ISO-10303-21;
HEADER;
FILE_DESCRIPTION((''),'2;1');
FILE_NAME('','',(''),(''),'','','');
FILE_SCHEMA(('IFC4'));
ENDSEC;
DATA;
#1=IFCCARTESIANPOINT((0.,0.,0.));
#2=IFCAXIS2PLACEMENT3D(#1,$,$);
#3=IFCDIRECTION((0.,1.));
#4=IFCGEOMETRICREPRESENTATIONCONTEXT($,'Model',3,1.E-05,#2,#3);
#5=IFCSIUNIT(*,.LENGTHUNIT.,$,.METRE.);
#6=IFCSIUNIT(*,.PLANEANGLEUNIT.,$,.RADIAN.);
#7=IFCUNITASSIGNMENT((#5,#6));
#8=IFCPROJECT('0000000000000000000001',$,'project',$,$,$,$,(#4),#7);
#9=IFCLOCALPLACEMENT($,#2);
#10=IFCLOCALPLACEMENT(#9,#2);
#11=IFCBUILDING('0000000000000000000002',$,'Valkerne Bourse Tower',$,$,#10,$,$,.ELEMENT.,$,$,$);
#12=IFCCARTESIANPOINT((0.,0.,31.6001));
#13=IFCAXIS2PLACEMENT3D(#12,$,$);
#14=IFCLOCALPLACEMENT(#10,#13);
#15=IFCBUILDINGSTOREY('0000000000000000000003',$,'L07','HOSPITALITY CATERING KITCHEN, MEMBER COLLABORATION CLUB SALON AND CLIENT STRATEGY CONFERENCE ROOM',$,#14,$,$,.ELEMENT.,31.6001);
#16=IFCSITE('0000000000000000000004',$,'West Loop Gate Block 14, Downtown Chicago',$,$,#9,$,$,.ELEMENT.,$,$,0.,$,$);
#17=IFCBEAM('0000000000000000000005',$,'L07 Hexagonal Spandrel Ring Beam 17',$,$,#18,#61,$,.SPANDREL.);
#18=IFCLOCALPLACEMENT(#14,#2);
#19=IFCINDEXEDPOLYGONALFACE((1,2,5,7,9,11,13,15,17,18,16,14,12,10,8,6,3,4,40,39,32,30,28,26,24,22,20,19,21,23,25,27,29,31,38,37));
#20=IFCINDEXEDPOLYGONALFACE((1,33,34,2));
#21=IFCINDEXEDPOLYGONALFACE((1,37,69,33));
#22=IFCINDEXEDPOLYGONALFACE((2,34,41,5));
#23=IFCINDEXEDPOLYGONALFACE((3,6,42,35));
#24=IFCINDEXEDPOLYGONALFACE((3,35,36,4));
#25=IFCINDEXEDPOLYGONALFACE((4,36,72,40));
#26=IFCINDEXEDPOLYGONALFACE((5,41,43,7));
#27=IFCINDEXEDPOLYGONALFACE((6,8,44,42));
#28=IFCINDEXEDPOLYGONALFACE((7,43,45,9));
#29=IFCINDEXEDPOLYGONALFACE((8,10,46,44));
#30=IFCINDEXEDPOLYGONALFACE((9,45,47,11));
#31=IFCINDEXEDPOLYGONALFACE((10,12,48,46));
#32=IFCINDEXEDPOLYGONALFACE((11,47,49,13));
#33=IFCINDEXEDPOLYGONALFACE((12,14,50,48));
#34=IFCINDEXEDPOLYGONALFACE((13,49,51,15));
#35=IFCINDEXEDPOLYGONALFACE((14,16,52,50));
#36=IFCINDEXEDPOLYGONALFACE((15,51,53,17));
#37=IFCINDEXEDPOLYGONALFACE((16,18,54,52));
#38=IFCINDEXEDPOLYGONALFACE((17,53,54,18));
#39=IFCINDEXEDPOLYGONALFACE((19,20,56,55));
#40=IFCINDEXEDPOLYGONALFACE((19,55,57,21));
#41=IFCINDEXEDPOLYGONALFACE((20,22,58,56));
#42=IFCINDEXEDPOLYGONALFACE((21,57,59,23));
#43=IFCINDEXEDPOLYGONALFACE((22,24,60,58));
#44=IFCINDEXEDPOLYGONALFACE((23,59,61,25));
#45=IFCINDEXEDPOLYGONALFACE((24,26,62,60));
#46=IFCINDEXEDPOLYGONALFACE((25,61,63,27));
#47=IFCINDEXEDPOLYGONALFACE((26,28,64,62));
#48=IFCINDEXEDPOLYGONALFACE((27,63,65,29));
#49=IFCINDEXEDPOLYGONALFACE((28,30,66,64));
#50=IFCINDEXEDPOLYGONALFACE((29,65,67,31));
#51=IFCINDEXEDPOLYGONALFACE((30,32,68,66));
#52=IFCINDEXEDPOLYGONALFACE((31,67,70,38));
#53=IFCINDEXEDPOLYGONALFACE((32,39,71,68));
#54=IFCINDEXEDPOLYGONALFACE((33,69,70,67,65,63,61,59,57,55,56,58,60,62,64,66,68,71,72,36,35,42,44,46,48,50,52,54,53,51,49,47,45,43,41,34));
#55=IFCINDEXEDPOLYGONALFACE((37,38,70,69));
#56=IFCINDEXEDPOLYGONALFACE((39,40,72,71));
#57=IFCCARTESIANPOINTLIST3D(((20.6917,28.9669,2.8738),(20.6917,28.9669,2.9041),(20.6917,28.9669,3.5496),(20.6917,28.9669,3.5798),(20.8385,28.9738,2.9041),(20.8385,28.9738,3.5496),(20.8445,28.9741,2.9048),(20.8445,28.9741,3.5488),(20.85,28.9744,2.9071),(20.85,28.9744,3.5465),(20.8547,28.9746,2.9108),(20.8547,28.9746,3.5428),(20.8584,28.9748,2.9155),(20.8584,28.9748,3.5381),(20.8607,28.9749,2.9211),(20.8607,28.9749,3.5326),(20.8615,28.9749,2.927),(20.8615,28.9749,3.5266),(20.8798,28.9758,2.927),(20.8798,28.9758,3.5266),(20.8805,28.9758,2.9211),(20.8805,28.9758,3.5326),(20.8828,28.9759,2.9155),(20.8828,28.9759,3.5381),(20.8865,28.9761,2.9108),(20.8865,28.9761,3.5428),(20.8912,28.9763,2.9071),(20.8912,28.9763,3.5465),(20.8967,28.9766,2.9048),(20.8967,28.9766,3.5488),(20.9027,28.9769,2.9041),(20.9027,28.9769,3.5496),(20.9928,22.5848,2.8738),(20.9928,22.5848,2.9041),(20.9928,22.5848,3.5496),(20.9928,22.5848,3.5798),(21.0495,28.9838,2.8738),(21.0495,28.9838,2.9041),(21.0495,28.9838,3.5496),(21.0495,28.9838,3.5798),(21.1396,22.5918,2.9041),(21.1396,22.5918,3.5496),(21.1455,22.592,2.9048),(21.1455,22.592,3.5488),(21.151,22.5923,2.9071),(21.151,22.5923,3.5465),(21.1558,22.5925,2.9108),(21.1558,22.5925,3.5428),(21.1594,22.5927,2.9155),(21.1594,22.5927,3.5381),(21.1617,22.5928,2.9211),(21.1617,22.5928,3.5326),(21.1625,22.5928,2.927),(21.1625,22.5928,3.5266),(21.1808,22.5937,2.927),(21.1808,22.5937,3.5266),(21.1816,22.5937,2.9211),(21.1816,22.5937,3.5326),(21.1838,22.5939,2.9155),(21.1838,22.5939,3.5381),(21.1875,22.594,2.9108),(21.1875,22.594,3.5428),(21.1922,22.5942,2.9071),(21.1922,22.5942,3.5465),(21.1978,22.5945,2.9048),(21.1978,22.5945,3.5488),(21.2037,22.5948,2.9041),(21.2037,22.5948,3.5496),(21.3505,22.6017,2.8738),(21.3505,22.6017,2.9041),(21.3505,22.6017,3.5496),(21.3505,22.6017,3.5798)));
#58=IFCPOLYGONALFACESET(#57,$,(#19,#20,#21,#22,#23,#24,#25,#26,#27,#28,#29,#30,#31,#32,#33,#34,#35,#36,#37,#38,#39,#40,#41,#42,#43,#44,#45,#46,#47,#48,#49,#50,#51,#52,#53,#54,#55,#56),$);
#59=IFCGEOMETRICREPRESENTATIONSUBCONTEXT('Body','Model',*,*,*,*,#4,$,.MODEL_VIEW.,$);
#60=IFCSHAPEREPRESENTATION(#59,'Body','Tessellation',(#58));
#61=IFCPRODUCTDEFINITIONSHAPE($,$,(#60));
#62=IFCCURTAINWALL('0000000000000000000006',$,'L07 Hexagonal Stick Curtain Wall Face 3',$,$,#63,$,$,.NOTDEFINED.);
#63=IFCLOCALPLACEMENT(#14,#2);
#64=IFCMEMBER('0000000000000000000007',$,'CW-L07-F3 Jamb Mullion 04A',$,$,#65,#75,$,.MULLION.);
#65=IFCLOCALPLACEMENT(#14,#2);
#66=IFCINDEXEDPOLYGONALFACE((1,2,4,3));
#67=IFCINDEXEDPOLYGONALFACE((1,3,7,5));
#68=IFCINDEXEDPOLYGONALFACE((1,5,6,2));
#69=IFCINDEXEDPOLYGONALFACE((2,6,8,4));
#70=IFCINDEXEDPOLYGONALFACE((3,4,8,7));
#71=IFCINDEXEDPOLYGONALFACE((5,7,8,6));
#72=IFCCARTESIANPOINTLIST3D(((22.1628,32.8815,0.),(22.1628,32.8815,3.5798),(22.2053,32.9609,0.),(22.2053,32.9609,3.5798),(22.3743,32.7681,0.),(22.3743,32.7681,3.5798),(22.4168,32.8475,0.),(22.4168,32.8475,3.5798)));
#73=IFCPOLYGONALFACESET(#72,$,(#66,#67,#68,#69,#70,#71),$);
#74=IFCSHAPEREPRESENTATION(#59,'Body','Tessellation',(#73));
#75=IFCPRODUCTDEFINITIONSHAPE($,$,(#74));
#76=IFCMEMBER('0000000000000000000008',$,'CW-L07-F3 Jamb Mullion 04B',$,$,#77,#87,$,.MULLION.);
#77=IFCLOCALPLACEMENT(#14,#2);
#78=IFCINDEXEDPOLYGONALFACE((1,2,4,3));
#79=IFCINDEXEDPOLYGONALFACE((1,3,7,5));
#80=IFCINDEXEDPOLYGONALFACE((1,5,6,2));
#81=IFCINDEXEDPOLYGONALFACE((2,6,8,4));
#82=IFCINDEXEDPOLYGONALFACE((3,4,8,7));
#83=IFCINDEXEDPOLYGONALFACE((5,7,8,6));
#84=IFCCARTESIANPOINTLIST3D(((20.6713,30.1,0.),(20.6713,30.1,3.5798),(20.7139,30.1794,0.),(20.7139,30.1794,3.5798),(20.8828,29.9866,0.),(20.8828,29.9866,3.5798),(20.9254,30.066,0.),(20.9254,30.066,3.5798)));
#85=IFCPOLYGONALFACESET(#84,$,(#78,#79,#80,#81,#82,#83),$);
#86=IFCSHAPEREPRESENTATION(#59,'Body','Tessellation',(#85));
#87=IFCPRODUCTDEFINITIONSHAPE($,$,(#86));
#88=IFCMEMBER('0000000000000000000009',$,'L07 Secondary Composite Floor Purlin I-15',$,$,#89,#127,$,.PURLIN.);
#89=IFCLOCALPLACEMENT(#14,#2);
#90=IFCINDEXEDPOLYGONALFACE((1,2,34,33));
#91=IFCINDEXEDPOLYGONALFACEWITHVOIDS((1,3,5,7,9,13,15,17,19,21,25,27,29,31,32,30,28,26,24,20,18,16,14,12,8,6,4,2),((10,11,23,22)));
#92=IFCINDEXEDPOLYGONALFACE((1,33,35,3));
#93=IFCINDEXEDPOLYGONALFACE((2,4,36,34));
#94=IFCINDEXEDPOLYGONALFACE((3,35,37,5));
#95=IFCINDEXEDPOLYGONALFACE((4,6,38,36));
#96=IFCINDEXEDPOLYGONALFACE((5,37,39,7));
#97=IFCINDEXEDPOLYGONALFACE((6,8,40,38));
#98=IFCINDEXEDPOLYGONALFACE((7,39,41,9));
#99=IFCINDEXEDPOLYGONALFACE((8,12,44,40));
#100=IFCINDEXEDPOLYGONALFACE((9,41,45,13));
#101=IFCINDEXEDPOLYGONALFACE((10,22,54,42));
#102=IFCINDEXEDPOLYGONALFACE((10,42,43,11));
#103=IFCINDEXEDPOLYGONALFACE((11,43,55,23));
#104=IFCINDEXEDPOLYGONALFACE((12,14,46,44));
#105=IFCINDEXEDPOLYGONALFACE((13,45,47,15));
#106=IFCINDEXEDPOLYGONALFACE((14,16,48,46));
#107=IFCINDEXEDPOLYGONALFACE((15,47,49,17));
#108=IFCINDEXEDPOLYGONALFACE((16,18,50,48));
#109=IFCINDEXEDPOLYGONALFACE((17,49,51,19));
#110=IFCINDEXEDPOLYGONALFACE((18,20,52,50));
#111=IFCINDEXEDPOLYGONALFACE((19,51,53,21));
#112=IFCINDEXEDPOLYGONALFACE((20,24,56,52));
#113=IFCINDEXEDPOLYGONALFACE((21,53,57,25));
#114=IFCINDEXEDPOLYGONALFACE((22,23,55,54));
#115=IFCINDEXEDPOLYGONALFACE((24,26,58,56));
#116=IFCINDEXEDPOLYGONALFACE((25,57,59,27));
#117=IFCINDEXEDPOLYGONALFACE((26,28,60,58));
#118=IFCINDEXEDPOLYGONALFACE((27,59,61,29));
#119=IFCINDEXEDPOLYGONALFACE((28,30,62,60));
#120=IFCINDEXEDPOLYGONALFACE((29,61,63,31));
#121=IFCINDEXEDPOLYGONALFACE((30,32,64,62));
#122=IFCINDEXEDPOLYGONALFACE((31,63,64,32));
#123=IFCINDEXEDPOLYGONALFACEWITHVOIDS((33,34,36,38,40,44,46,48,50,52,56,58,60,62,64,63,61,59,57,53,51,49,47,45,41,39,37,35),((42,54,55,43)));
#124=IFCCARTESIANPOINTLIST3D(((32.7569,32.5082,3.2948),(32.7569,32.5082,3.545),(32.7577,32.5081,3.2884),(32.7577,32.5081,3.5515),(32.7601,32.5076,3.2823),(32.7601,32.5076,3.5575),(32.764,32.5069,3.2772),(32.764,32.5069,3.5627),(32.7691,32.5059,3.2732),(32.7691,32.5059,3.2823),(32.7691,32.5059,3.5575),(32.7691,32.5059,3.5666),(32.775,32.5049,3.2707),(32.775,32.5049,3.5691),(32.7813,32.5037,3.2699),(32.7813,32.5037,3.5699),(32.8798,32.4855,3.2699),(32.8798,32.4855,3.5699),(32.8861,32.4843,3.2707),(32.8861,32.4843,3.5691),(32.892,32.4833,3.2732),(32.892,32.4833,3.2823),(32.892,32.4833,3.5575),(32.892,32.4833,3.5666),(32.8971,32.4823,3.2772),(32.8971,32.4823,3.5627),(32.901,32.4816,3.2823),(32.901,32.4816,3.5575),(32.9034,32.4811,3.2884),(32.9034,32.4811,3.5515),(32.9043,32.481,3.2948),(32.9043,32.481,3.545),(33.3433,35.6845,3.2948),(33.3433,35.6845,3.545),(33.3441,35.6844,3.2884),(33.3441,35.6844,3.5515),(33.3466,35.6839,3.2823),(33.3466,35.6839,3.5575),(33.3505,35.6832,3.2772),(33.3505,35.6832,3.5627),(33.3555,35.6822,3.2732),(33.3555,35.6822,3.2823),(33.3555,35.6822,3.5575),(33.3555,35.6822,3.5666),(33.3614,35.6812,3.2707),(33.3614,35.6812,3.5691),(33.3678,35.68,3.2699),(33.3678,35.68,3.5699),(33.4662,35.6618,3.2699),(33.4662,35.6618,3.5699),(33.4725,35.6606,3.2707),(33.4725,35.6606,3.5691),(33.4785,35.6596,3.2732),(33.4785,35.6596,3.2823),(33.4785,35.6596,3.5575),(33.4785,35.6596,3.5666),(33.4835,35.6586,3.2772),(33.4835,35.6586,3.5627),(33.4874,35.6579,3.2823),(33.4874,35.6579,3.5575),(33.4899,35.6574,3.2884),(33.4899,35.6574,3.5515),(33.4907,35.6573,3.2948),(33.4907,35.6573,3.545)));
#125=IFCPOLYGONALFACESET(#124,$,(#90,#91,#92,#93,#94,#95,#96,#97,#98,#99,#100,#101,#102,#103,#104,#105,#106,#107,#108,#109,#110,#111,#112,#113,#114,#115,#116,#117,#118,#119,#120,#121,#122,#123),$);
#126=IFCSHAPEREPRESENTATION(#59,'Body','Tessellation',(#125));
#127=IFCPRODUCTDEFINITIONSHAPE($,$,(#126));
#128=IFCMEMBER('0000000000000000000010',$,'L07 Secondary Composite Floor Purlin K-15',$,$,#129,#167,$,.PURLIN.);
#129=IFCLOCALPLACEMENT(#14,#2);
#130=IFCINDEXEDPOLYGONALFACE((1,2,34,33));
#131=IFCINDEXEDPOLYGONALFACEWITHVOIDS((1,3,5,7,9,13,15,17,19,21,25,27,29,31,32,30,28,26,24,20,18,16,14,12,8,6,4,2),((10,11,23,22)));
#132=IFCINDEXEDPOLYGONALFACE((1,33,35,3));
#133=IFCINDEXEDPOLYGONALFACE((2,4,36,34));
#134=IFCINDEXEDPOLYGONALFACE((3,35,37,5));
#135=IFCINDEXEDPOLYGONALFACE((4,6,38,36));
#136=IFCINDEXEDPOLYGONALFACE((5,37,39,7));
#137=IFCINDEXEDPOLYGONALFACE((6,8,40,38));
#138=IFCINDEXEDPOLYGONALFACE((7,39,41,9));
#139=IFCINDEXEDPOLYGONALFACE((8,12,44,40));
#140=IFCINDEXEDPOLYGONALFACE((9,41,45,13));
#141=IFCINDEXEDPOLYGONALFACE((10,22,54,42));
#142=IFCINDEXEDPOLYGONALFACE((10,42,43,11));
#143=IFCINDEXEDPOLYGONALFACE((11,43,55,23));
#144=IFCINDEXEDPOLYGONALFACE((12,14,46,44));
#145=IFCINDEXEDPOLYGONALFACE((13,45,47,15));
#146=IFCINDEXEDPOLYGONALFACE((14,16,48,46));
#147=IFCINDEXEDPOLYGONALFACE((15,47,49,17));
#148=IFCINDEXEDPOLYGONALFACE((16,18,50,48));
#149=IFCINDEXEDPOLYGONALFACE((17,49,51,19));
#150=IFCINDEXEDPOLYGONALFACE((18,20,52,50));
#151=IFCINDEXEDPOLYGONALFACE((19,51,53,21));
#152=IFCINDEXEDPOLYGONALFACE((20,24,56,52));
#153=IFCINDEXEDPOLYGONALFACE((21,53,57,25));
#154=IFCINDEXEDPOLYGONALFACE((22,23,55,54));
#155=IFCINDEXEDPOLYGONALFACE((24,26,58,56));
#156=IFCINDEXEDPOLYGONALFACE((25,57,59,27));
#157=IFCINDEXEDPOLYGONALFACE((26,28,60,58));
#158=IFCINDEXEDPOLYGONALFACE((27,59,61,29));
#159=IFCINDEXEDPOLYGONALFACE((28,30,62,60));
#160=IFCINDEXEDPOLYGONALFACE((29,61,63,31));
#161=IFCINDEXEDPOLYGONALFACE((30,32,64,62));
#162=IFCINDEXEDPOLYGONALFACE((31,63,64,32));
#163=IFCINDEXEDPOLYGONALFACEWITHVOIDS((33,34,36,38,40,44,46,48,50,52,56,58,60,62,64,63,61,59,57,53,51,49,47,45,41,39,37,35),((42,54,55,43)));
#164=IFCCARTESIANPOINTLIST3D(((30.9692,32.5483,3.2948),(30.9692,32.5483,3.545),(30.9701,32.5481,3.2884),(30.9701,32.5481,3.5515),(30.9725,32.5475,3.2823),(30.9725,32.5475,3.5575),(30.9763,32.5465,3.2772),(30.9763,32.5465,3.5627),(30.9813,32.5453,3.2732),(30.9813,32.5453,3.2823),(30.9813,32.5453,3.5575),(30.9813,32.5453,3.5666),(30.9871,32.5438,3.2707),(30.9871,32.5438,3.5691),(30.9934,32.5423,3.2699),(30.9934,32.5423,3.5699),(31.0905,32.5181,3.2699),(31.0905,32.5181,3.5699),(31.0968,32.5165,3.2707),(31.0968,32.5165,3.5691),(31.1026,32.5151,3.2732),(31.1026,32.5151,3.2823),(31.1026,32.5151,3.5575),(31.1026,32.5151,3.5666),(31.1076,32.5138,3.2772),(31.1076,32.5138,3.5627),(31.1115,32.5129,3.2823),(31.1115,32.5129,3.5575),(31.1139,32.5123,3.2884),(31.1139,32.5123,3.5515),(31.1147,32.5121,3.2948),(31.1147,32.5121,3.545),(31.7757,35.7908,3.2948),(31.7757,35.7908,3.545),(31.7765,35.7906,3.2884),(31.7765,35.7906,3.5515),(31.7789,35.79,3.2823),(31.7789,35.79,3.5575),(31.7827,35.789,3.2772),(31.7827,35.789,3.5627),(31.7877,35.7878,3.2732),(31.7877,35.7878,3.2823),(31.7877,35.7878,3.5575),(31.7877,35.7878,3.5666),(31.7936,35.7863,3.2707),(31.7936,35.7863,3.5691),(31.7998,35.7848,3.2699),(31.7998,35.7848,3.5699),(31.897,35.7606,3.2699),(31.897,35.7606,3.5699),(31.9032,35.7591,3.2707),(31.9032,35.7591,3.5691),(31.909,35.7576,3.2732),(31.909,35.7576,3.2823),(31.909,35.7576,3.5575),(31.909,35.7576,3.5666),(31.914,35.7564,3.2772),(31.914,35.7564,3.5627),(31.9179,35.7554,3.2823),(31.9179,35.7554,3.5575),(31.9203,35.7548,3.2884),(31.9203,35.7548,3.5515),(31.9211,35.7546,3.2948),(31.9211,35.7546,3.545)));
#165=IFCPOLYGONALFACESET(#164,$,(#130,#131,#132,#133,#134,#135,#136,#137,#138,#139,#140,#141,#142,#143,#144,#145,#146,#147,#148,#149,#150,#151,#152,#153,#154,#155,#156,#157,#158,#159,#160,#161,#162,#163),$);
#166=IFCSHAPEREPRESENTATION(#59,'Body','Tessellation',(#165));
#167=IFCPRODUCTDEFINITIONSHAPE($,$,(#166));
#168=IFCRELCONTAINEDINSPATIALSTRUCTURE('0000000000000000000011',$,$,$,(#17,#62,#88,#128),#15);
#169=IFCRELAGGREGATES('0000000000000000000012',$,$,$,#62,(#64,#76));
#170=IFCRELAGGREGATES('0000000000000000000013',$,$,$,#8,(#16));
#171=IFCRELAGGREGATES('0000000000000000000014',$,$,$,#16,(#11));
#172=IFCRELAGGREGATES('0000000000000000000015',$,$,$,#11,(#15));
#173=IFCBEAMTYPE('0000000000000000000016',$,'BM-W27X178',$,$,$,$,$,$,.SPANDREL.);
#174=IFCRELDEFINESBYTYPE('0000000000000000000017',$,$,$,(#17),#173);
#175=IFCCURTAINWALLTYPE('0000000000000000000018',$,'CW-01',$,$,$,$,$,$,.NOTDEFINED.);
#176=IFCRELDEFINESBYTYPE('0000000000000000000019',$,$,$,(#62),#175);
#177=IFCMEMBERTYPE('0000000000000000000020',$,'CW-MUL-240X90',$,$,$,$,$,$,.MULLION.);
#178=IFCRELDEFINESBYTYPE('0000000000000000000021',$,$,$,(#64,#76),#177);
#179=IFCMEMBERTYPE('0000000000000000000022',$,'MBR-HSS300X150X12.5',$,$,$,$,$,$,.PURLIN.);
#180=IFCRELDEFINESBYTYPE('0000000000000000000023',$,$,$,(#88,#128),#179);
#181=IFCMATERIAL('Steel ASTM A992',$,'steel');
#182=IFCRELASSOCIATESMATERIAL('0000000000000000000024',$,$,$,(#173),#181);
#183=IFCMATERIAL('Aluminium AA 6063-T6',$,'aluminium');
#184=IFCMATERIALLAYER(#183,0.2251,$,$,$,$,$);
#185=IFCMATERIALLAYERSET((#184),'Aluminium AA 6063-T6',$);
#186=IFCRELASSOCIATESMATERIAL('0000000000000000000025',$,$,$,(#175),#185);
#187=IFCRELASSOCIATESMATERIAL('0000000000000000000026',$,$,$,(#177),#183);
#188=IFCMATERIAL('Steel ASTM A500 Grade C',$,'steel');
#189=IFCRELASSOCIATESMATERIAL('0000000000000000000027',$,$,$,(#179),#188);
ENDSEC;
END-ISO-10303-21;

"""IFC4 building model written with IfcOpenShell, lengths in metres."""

from ifc_helpers import new_model, si_unit, direction, frame, origin, origin_2d, place, context, subcontext, project, spatial, rectangle, hollow_rectangle, i_section, extrude, material, layer, layer_set, material_profile, profile_set, type_object, element, aggregate, save


model = new_model("IFC4")

# Units and contexts
model_context = context("Model", 3, precision=1e-05, world=origin(), true_north=direction((0.0, 1.0)))
body_context = subcontext(model_context, "Body", "Model", "MODEL_VIEW")
ifc_project = project(units=[si_unit("LENGTHUNIT", "METRE"), si_unit("PLANEANGLEUNIT", "RADIAN")], contexts=[model_context])

# Site, building, storey
site_placement = place(None, origin())
site = spatial("IfcSite", under=ifc_project, at=site_placement, Name="West Loop Gate Block 14, Downtown Chicago", CompositionType="ELEMENT", RefElevation=0.0)
building_placement = place(site_placement, origin())
building = spatial("IfcBuilding", under=site, at=building_placement, Name="Valkerne Bourse Tower", CompositionType="ELEMENT")
storey_placement = place(building_placement, frame((0.0, 0.0, 31.6001)))
storey = spatial("IfcBuildingStorey", under=building, at=storey_placement, Name="L07", Description="HOSPITALITY CATERING KITCHEN, MEMBER COLLABORATION CLUB SALON AND CLIENT STRATEGY CONFERENCE ROOM", CompositionType="ELEMENT", Elevation=31.6001)

# Beam
ifc_material_1 = material(Name="Steel ASTM A992", Category="steel")
ifc_material_profile_1 = material_profile(ifc_material_1, i_section(OverallWidth=0.3582, OverallDepth=0.7061, WebThickness=0.0183, FlangeThickness=0.0303, FilletRadius=0.0229, at=origin_2d()), Name="W27X178")
ifc_profile_set_1 = profile_set([ifc_material_profile_1], Name="Steel ASTM A992")
beam_type_1 = type_object("IfcBeamType", Name="BM-W27X178", PredefinedType="SPANDREL", material=ifc_profile_set_1)
beam_1_placement = place(storey_placement, frame((20.8706, 28.9753, 3.2268), z_axis=(0.047115, -0.998889, 0.0), x_axis=(0.998889, 0.047115, 0.0)))
element("IfcBeam", 1, at=beam_1_placement, inside=storey, type_object=beam_type_1, Name="L07 Hexagonal Spandrel Ring Beam 17", PredefinedType="SPANDREL", context=body_context, shape_type="SweptSolid", body=[
    extrude(i_section(OverallWidth=0.3582, OverallDepth=0.7061, WebThickness=0.0183, FlangeThickness=0.0303, FilletRadius=0.0229, at=origin_2d()), origin(), (0.0, 0.0, 1.0), 6.3892),
])

# Curtain wall, members
ifc_material_2 = material(Name="Aluminium AA 6063-T6", Category="aluminium")
ifc_layer_1 = layer(ifc_material_2, 0.2251)
ifc_layer_set_1 = layer_set([ifc_layer_1], Name="Aluminium AA 6063-T6")
curtain_wall_type = type_object("IfcCurtainWallType", Name="CW-01", PredefinedType="NOTDEFINED", material=ifc_layer_set_1)
curtain_wall_placement = place(storey_placement, origin())
curtain_wall = element("IfcCurtainWall", 2, at=curtain_wall_placement, inside=storey, type_object=curtain_wall_type, Name="L07 Hexagonal Stick Curtain Wall Face 3", PredefinedType="NOTDEFINED")
ifc_material_profile_2 = material_profile(ifc_material_2, rectangle(XDim=0.0901, YDim=0.24, at=origin_2d()), Name="CWM-90X240")
ifc_profile_set_2 = profile_set([ifc_material_profile_2], Name="Aluminium AA 6063-T6")
member_type_1 = type_object("IfcMemberType", Name="CW-MUL-240X90", PredefinedType="MULLION", material=ifc_profile_set_2)
member_1_placement = place(storey_placement, frame((22.2898, 32.8645, 0.0), z_axis=(0.0, 0.0, 1.0), x_axis=(-0.472547, -0.881305, 0.0)))
member_1 = element("IfcMember", 3, at=member_1_placement, type_object=member_type_1, Name="CW-L07-F3 Jamb Mullion 04A", PredefinedType="MULLION", context=body_context, shape_type="SweptSolid", body=[
    extrude(rectangle(XDim=0.0901, YDim=0.24, at=origin_2d()), origin(), (0.0, 0.0, 1.0), 3.5798),
])
member_2_placement = place(storey_placement, frame((20.7983, 30.083, 0.0), z_axis=(0.0, 0.0, 1.0), x_axis=(-0.472547, -0.881305, 0.0)))
member_2 = element("IfcMember", 4, at=member_2_placement, type_object=member_type_1, Name="CW-L07-F3 Jamb Mullion 04B", PredefinedType="MULLION", context=body_context, shape_type="SweptSolid", body=[
    extrude(rectangle(XDim=0.0901, YDim=0.24, at=origin_2d()), origin(), (0.0, 0.0, 1.0), 3.5798),
])

# Members
ifc_material_3 = material(Name="Steel ASTM A500 Grade C", Category="steel")
ifc_material_profile_3 = material_profile(ifc_material_3, hollow_rectangle(XDim=0.1499, YDim=0.3, WallThickness=0.0125, OuterFilletRadius=0.0249, at=origin_2d()), Name="HSS300X150X12.5")
ifc_profile_set_3 = profile_set([ifc_material_profile_3], Name="Steel ASTM A500 Grade C")
member_type_2 = type_object("IfcMemberType", Name="MBR-HSS300X150X12.5", PredefinedType="PURLIN", material=ifc_profile_set_3)
member_3_placement = place(storey_placement, frame((33.417, 35.6709, 3.4199), z_axis=(-0.181559, -0.98338, 0.0), x_axis=(0.98338, -0.181559, 0.0)))
element("IfcMember", 5, at=member_3_placement, inside=storey, type_object=member_type_2, Name="L07 Secondary Composite Floor Purlin I-15", PredefinedType="PURLIN", context=body_context, shape_type="SweptSolid", body=[
    extrude(hollow_rectangle(XDim=0.1499, YDim=0.3, WallThickness=0.0125, OuterFilletRadius=0.0249, at=origin_2d()), origin(), (0.0, 0.0, 1.0), 3.23),
])
member_4_placement = place(storey_placement, frame((31.8484, 35.7727, 3.4199), z_axis=(-0.241349, -0.970438, 0.0), x_axis=(0.970438, -0.241349, 0.0)))
element("IfcMember", 6, at=member_4_placement, inside=storey, type_object=member_type_2, Name="L07 Secondary Composite Floor Purlin K-15", PredefinedType="PURLIN", context=body_context, shape_type="SweptSolid", body=[
    extrude(hollow_rectangle(XDim=0.1499, YDim=0.3, WallThickness=0.0125, OuterFilletRadius=0.0249, at=origin_2d()), origin(), (0.0, 0.0, 1.0), 3.3413),
])

aggregate(curtain_wall, [member_1, member_2])

save(model, "model.ifc")
